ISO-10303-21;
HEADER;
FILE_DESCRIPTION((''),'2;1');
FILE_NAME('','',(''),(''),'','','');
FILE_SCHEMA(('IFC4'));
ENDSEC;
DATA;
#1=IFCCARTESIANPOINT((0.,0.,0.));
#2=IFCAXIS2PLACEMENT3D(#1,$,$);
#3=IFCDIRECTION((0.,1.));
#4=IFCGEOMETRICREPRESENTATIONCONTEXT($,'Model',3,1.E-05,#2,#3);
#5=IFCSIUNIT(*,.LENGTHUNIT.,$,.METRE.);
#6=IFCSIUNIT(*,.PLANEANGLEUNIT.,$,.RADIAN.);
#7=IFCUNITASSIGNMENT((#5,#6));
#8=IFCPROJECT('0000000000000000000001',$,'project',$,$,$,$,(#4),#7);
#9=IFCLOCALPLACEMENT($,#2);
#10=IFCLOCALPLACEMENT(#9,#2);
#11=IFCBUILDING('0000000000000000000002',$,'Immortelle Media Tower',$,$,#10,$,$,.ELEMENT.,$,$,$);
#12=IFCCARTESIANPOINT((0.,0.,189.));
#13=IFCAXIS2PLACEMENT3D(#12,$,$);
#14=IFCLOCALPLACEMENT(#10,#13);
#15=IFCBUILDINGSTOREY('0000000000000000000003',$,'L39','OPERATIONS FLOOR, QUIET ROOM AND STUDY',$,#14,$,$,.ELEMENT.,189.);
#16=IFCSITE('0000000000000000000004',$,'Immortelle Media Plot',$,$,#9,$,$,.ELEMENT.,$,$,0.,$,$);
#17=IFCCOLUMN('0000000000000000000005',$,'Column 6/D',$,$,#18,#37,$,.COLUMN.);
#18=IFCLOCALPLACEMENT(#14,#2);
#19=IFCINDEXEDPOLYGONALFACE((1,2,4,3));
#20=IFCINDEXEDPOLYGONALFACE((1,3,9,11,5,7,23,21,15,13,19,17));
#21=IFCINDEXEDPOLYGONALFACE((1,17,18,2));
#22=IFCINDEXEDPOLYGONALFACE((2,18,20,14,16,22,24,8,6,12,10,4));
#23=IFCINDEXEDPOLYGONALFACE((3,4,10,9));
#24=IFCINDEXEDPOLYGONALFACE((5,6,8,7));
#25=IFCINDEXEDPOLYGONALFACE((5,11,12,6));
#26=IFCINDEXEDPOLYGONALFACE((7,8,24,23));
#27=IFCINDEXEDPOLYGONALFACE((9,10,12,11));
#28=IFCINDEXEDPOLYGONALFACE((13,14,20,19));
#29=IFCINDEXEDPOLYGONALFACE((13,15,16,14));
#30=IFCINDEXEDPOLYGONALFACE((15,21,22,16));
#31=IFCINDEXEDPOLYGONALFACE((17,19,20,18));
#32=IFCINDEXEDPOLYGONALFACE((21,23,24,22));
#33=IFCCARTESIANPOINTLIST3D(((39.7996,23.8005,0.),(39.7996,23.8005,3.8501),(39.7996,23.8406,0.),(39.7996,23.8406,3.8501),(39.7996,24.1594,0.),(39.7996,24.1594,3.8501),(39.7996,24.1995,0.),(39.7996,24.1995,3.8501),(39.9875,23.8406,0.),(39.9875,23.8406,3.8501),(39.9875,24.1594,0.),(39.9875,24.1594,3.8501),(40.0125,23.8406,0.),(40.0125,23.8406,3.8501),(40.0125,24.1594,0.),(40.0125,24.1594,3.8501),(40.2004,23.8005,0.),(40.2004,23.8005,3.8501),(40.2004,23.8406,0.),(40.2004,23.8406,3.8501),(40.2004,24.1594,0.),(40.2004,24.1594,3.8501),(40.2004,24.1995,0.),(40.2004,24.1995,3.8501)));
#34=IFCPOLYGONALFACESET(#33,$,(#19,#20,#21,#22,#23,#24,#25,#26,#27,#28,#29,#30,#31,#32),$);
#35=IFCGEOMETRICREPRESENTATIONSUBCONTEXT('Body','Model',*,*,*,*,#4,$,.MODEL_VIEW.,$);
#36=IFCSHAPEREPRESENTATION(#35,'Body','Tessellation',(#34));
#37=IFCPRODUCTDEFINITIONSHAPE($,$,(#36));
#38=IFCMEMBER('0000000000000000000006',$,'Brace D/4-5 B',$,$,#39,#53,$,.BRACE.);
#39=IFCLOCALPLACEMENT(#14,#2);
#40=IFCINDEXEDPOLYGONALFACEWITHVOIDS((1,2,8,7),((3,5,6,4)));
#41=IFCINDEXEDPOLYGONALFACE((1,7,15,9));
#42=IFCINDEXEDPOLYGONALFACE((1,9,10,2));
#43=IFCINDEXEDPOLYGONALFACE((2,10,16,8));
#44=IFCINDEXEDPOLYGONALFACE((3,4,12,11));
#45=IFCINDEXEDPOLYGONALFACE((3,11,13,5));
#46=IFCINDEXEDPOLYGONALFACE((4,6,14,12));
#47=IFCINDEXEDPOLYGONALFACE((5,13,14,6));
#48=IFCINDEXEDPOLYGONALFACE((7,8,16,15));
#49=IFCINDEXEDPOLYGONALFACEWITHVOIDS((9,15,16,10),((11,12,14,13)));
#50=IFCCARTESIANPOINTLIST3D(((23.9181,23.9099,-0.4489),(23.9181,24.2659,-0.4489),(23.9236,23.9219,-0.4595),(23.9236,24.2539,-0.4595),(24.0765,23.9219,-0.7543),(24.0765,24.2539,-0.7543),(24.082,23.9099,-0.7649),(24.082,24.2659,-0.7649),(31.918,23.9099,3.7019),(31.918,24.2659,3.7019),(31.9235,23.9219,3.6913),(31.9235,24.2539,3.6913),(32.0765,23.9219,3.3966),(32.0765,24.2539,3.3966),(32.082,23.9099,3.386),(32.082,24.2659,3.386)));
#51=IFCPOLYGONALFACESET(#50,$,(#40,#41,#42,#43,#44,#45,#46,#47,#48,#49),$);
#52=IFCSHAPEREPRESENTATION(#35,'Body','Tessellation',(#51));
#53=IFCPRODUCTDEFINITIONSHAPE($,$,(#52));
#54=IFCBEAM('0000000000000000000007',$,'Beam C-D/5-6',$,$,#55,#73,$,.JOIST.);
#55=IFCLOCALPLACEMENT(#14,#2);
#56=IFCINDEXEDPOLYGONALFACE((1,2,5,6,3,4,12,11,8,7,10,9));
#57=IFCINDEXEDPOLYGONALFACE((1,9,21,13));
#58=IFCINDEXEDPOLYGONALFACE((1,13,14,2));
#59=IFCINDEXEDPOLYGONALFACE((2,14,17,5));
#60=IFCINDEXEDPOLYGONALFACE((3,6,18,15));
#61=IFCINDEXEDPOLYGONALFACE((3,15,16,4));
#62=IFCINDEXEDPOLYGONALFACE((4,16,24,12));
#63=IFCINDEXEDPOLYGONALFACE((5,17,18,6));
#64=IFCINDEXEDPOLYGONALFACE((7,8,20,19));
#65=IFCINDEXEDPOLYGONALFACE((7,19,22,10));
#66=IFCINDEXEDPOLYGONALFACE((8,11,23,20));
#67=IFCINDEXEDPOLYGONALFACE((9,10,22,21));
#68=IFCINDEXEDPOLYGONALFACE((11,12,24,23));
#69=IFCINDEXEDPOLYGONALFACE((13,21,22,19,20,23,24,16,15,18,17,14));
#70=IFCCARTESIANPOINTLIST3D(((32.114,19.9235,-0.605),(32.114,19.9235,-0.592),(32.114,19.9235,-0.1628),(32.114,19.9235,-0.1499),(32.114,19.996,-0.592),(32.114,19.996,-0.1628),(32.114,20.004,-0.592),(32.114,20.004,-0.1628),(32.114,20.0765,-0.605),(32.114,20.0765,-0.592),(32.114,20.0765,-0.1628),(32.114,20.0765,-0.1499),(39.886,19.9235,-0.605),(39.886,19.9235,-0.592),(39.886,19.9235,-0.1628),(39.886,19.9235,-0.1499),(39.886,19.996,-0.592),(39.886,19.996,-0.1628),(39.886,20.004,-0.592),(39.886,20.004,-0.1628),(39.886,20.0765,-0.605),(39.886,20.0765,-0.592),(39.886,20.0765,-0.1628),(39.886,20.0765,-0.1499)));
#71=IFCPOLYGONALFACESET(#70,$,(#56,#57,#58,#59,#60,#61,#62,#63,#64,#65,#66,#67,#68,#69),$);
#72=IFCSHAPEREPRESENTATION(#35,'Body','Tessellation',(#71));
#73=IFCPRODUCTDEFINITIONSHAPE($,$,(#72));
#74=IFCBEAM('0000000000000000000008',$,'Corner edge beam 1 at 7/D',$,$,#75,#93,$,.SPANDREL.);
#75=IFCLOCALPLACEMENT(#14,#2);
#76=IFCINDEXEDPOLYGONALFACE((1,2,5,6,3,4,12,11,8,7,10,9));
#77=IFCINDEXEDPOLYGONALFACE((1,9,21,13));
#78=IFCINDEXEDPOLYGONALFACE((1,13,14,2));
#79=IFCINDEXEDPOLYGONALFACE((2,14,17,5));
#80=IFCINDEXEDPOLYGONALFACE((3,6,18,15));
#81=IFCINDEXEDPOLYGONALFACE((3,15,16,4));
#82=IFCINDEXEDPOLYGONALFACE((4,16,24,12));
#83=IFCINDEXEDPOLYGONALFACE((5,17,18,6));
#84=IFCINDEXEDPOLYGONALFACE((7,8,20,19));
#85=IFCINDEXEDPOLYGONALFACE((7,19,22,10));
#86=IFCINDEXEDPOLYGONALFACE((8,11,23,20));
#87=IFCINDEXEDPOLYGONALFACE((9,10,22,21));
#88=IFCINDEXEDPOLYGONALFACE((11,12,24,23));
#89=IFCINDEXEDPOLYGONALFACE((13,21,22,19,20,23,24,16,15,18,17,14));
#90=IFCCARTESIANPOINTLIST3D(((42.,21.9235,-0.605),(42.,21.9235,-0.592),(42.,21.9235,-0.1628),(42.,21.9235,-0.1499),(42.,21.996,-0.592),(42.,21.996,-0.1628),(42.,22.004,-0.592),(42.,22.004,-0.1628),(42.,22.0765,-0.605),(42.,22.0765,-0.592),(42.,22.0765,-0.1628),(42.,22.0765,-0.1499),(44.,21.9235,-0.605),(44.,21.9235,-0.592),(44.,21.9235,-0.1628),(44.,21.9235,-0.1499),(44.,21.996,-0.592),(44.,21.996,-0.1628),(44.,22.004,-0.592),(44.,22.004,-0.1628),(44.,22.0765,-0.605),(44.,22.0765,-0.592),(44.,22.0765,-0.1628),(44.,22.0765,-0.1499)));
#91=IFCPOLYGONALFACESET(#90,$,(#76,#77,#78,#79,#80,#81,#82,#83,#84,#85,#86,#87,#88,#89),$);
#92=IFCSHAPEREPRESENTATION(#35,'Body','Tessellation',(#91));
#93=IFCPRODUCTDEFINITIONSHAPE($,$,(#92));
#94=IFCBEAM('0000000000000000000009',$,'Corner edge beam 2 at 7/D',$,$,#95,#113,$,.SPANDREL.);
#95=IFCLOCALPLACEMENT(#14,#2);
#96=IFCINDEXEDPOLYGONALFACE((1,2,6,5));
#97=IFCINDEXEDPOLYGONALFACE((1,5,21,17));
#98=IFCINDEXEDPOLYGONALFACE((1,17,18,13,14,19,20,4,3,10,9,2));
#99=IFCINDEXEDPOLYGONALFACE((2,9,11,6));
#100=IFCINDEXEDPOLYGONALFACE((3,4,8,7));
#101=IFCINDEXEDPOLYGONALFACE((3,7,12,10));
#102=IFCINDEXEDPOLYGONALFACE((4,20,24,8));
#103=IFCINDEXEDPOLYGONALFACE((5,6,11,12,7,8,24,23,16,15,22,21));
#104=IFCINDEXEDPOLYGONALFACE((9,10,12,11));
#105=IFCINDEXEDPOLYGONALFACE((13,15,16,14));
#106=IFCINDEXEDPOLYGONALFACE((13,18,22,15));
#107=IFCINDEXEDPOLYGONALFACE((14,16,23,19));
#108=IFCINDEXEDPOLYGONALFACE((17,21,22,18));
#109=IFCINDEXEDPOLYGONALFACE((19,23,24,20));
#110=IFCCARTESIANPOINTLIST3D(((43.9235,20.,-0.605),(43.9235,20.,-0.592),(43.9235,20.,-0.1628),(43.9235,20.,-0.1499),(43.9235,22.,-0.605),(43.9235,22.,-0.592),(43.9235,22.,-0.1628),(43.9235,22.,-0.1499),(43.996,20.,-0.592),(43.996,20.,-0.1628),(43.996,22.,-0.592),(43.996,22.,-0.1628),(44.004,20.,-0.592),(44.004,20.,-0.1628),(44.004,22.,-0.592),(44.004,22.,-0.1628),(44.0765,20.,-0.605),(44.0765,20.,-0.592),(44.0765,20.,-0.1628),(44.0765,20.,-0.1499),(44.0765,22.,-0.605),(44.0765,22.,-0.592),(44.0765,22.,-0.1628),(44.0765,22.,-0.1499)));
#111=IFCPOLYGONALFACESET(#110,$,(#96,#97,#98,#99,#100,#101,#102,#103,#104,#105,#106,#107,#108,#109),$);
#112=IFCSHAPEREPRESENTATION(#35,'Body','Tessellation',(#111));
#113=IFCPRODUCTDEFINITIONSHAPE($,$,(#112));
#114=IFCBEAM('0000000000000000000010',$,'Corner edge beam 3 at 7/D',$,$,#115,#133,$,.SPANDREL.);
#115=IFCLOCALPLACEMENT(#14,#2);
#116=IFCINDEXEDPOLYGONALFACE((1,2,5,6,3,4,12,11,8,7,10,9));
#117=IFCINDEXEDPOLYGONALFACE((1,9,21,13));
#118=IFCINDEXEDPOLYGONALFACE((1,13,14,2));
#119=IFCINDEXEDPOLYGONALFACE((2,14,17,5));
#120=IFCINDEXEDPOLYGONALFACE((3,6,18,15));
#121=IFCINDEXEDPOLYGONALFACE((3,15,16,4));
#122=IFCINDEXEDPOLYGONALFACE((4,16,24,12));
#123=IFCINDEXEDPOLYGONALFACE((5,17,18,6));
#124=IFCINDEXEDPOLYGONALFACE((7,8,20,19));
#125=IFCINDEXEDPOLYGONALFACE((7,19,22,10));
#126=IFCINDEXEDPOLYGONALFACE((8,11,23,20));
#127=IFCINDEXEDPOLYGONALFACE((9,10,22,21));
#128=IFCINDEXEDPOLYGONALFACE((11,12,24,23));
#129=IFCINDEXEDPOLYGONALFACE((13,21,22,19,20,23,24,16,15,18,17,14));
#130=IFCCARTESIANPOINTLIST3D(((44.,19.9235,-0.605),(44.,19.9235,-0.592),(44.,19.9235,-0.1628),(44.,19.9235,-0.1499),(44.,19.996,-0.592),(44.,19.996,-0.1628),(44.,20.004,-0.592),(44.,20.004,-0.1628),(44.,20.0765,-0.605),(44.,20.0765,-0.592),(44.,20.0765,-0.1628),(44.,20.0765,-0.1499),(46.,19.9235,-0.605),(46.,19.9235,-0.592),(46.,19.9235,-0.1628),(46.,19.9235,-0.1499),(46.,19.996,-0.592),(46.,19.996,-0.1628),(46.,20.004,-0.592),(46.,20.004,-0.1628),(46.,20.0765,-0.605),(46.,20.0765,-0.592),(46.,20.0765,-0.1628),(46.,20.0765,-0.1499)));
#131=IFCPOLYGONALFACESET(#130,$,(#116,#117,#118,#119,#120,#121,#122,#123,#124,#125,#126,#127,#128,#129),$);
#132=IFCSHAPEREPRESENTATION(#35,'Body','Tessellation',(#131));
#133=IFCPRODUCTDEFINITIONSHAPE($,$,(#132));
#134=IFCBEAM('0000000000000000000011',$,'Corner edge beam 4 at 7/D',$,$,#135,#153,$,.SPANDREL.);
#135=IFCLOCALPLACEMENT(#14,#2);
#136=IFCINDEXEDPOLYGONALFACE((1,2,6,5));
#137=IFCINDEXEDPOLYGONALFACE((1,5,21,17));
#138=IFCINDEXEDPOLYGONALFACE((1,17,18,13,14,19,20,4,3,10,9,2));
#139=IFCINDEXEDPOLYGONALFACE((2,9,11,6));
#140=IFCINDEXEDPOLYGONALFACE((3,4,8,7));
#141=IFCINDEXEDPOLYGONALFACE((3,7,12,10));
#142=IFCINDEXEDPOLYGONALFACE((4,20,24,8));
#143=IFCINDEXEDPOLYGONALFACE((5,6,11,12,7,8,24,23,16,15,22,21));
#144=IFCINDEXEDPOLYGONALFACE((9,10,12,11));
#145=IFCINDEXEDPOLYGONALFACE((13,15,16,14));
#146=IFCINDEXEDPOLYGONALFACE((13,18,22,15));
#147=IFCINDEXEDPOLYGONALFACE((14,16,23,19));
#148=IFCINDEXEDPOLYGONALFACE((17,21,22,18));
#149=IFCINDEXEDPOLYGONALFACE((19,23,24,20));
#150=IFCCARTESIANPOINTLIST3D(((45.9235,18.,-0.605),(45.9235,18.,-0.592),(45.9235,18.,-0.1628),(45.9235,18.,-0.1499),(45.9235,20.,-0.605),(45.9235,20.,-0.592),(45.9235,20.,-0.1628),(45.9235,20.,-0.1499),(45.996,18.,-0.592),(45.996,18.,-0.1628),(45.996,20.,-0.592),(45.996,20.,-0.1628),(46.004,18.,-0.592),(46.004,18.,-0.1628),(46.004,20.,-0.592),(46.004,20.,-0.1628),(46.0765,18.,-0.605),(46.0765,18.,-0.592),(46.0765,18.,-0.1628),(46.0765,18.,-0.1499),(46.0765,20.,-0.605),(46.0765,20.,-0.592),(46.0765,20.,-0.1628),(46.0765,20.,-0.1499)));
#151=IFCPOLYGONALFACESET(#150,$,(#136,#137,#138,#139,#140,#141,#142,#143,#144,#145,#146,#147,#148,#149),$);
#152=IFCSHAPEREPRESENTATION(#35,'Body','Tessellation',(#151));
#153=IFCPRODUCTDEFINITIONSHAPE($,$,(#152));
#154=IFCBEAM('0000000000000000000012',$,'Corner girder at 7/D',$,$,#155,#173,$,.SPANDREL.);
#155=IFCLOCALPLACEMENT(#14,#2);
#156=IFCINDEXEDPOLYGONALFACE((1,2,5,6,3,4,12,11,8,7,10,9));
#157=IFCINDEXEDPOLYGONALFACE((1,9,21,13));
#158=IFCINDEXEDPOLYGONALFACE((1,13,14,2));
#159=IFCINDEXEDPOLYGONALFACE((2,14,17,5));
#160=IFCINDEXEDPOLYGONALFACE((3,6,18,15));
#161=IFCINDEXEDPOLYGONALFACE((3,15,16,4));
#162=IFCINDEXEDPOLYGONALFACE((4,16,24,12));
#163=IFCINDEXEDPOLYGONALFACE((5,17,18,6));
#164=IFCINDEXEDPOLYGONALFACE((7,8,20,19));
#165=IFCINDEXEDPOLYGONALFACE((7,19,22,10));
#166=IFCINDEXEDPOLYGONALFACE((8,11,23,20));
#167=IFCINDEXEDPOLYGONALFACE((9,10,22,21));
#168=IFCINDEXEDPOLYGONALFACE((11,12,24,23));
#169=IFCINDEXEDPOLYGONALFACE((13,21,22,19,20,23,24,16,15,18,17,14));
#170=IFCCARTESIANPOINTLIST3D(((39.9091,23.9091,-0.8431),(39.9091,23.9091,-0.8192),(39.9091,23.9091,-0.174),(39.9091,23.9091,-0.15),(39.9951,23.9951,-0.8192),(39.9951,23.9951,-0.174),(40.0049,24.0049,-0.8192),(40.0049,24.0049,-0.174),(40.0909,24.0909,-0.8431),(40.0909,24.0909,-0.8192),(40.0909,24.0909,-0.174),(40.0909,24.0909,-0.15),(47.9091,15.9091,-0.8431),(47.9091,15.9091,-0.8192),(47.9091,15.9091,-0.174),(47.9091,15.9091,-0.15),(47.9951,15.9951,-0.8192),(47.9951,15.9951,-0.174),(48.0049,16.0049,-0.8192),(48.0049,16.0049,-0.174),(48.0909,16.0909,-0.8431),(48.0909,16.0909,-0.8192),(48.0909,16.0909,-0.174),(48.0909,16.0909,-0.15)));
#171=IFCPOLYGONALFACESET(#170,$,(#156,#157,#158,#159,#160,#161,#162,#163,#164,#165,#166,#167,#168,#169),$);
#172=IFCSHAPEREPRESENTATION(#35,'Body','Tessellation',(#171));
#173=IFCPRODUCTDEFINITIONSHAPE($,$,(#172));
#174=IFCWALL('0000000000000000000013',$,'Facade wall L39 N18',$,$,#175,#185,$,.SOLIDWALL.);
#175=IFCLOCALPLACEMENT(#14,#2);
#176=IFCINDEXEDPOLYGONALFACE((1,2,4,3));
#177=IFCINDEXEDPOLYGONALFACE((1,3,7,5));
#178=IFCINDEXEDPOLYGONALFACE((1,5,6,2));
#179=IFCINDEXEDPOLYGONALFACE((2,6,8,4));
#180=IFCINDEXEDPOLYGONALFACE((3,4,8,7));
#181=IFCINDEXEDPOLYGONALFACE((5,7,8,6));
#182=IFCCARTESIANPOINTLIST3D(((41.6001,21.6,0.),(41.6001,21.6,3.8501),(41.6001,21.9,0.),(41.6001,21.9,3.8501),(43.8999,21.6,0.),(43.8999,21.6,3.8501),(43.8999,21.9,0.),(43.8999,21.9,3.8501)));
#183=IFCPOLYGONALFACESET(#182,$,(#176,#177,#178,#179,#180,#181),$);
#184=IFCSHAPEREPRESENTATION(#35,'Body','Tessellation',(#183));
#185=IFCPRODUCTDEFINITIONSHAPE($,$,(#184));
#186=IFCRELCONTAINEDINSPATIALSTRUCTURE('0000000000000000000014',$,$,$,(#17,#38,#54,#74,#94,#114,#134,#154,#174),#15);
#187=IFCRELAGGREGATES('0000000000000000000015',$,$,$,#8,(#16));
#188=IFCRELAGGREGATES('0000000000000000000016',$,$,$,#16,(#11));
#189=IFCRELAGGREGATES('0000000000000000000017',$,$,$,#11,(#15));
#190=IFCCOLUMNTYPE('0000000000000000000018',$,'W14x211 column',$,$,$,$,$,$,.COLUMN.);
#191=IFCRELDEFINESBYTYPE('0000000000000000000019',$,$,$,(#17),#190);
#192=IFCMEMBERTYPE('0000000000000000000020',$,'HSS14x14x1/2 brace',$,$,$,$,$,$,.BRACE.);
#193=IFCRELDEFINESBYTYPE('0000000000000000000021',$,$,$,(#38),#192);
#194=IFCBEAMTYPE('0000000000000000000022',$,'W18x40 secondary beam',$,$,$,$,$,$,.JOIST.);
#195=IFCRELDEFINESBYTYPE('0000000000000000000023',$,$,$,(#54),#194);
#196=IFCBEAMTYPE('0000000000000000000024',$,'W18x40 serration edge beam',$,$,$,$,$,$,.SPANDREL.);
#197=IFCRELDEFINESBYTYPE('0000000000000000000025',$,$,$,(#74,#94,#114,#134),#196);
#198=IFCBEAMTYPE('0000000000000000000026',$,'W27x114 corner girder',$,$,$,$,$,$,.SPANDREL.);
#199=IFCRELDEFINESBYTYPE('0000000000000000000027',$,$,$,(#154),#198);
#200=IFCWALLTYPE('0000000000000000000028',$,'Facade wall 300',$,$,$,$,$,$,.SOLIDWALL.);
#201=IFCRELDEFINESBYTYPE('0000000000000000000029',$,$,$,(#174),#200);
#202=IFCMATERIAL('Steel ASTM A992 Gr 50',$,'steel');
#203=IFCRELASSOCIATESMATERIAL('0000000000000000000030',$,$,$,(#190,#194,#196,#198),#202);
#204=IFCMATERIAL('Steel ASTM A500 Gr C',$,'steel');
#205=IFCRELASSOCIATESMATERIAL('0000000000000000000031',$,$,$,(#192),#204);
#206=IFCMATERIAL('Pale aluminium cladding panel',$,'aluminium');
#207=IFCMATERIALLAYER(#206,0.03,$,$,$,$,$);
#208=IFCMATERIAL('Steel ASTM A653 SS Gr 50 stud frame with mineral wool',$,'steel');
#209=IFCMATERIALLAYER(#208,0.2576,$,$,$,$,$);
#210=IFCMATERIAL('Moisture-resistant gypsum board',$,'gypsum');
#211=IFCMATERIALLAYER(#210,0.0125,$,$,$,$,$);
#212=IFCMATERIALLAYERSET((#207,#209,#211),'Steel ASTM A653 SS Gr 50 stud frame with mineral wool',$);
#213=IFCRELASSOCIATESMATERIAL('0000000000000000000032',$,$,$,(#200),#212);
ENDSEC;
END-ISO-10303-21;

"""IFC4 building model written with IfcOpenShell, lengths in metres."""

from ifc_helpers import new_model, si_unit, direction, frame, frame_2d, origin, origin_2d, place, context, subcontext, project, spatial, rectangle, hollow_rectangle, i_section, extrude, material, layer, layer_set, material_profile, profile_set, type_object, element, save


model = new_model("IFC4")

# Units and contexts
model_context = context("Model", 3, precision=1e-05, world=origin(), true_north=direction((0.0, 1.0)))
body_context = subcontext(model_context, "Body", "Model", "MODEL_VIEW")
ifc_project = project(units=[si_unit("LENGTHUNIT", "METRE"), si_unit("PLANEANGLEUNIT", "RADIAN")], contexts=[model_context])

# Site, building, storey
site_placement = place(None, origin())
site = spatial("IfcSite", under=ifc_project, at=site_placement, Name="Immortelle Media Plot", CompositionType="ELEMENT", RefElevation=0.0)
building_placement = place(site_placement, origin())
building = spatial("IfcBuilding", under=site, at=building_placement, Name="Immortelle Media Tower", CompositionType="ELEMENT")
storey_placement = place(building_placement, frame((0.0, 0.0, 189.0)))
storey = spatial("IfcBuildingStorey", under=building, at=storey_placement, Name="L39", Description="OPERATIONS FLOOR, QUIET ROOM AND STUDY", CompositionType="ELEMENT", Elevation=189.0)

# Column
ifc_material_1 = material(Name="Steel ASTM A992 Gr 50", Category="steel")
ifc_material_profile_1 = material_profile(ifc_material_1, i_section(OverallWidth=0.4009, OverallDepth=0.3989, WebThickness=0.0249, FlangeThickness=0.04, at=origin_2d()), Name="W14x211")
ifc_profile_set_1 = profile_set([ifc_material_profile_1], Name="Steel ASTM A992 Gr 50")
column_type = type_object("IfcColumnType", Name="W14x211 column", PredefinedType="COLUMN", material=ifc_profile_set_1)
column_placement = place(storey_placement, frame((40.0, 24.0, 0.0), z_axis=(0.0, 0.0, 1.0), x_axis=(1.0, 0.0, 0.0)))
element("IfcColumn", 1, at=column_placement, inside=storey, type_object=column_type, Name="Column 6/D", PredefinedType="COLUMN", context=body_context, shape_type="SweptSolid", body=[
    extrude(i_section(OverallWidth=0.4009, OverallDepth=0.3989, WebThickness=0.0249, FlangeThickness=0.04, at=origin_2d()), origin(), (0.0, 0.0, 1.0), 3.8501),
])

# Member
ifc_material_2 = material(Name="Steel ASTM A500 Gr C", Category="steel")
ifc_material_profile_2 = material_profile(ifc_material_2, hollow_rectangle(XDim=0.356, YDim=0.356, WallThickness=0.012, at=origin_2d()), Name="HSS14x14x1/2 brace")
ifc_profile_set_2 = profile_set([ifc_material_profile_2], Name="Steel ASTM A500 Gr C")
member_type = type_object("IfcMemberType", Name="HSS14x14x1/2 brace", PredefinedType="BRACE", material=ifc_profile_set_2)
member_placement = place(storey_placement, frame((32.0, 24.0879, 3.5439), z_axis=(-0.887631, 0.0, -0.460556), x_axis=(0.0, -1.0, 0.0)))
element("IfcMember", 2, at=member_placement, inside=storey, type_object=member_type, Name="Brace D/4-5 B", PredefinedType="BRACE", context=body_context, shape_type="SweptSolid", body=[
    extrude(hollow_rectangle(XDim=0.356, YDim=0.356, WallThickness=0.012, at=origin_2d()), origin(), (0.0, 0.0, 1.0), 9.0127),
])

# Beams
ifc_material_profile_3 = material_profile(ifc_material_1, i_section(OverallWidth=0.1531, OverallDepth=0.4551, WebThickness=0.0081, FlangeThickness=0.0129, at=origin_2d()), Name="W18x40")
ifc_profile_set_3 = profile_set([ifc_material_profile_3], Name="Steel ASTM A992 Gr 50")
beam_type_1 = type_object("IfcBeamType", Name="W18x40 secondary beam", PredefinedType="JOIST", material=ifc_profile_set_3)
beam_1_placement = place(storey_placement, frame((32.114, 20.0, -0.3774), z_axis=(1.0, 0.0, 0.0), x_axis=(0.0, 1.0, 0.0)))
element("IfcBeam", 3, at=beam_1_placement, inside=storey, type_object=beam_type_1, Name="Beam C-D/5-6", PredefinedType="JOIST", context=body_context, shape_type="SweptSolid", body=[
    extrude(i_section(OverallWidth=0.1531, OverallDepth=0.4551, WebThickness=0.0081, FlangeThickness=0.0129, at=origin_2d()), origin(), (0.0, 0.0, 1.0), 7.772),
])
ifc_material_profile_4 = material_profile(ifc_material_1, i_section(OverallWidth=0.1531, OverallDepth=0.4551, WebThickness=0.0081, FlangeThickness=0.0129, at=origin_2d()), Name="W18x40")
ifc_profile_set_4 = profile_set([ifc_material_profile_4], Name="Steel ASTM A992 Gr 50")
beam_type_2 = type_object("IfcBeamType", Name="W18x40 serration edge beam", PredefinedType="SPANDREL", material=ifc_profile_set_4)
for number, where, z_axis, x_axis, name in (
    (4, (42.0, 22.0, -0.3774), (1.0, 0.0, 0.0), (0.0, 1.0, 0.0), "Corner edge beam 1 at 7/D"),
    (5, (44.0, 22.0, -0.3774), (0.0, -1.0, 0.0), (1.0, 0.0, 0.0), "Corner edge beam 2 at 7/D"),
    (6, (44.0, 20.0, -0.3774), (1.0, 0.0, 0.0), (0.0, 1.0, 0.0), "Corner edge beam 3 at 7/D"),
    (7, (46.0, 20.0, -0.3774), (0.0, -1.0, 0.0), (1.0, 0.0, 0.0), "Corner edge beam 4 at 7/D"),
):
    element("IfcBeam", number, at=place(storey_placement, frame(where, z_axis=z_axis, x_axis=x_axis)), inside=storey, type_object=beam_type_2, Name=name, PredefinedType="SPANDREL", context=body_context, shape_type="SweptSolid", body=[
        extrude(i_section(OverallWidth=0.1531, OverallDepth=0.4551, WebThickness=0.0081, FlangeThickness=0.0129, at=origin_2d()), origin(), (0.0, 0.0, 1.0), 2.0),
    ])
ifc_material_profile_5 = material_profile(ifc_material_1, i_section(OverallWidth=0.2571, OverallDepth=0.6931, WebThickness=0.0139, FlangeThickness=0.0239, at=origin_2d()), Name="W27x114")
ifc_profile_set_5 = profile_set([ifc_material_profile_5], Name="Steel ASTM A992 Gr 50")
beam_type_3 = type_object("IfcBeamType", Name="W27x114 corner girder", PredefinedType="SPANDREL", material=ifc_profile_set_5)
beam_2_placement = place(storey_placement, frame((40.0, 24.0, -0.4966), z_axis=(0.707107, -0.707107, 0.0), x_axis=(0.707107, 0.707107, 0.0)))
element("IfcBeam", 8, at=beam_2_placement, inside=storey, type_object=beam_type_3, Name="Corner girder at 7/D", PredefinedType="SPANDREL", context=body_context, shape_type="SweptSolid", body=[
    extrude(i_section(OverallWidth=0.2571, OverallDepth=0.6931, WebThickness=0.0139, FlangeThickness=0.0239, at=origin_2d()), origin(), (0.0, 0.0, 1.0), 11.3137),
])

# Wall
ifc_material_3 = material(Name="Pale aluminium cladding panel", Category="aluminium")
ifc_layer_1 = layer(ifc_material_3, 0.03)
ifc_material_4 = material(Name="Steel ASTM A653 SS Gr 50 stud frame with mineral wool", Category="steel")
ifc_layer_2 = layer(ifc_material_4, 0.2576)
ifc_material_5 = material(Name="Moisture-resistant gypsum board", Category="gypsum")
ifc_layer_3 = layer(ifc_material_5, 0.0125)
ifc_layer_set_1 = layer_set([ifc_layer_1, ifc_layer_2, ifc_layer_3], Name="Steel ASTM A653 SS Gr 50 stud frame with mineral wool")
wall_type_1 = type_object("IfcWallType", Name="Facade wall 300", PredefinedType="SOLIDWALL", material=ifc_layer_set_1)
wall_1_placement = place(storey_placement, frame((43.8999, 21.75, 0.0), z_axis=(0.0, 0.0, 1.0), x_axis=(-1.0, 0.0, 0.0)))
element("IfcWall", 9, at=wall_1_placement, inside=storey, type_object=wall_type_1, Name="Facade wall L39 N18", PredefinedType="SOLIDWALL", context=body_context, shape_type="SweptSolid", body=[
    extrude(rectangle(XDim=2.2998, YDim=0.3, at=frame_2d((1.1499, 0.0))), origin(), (0.0, 0.0, 1.0), 3.8501),
])

save(model, "model.ifc")
